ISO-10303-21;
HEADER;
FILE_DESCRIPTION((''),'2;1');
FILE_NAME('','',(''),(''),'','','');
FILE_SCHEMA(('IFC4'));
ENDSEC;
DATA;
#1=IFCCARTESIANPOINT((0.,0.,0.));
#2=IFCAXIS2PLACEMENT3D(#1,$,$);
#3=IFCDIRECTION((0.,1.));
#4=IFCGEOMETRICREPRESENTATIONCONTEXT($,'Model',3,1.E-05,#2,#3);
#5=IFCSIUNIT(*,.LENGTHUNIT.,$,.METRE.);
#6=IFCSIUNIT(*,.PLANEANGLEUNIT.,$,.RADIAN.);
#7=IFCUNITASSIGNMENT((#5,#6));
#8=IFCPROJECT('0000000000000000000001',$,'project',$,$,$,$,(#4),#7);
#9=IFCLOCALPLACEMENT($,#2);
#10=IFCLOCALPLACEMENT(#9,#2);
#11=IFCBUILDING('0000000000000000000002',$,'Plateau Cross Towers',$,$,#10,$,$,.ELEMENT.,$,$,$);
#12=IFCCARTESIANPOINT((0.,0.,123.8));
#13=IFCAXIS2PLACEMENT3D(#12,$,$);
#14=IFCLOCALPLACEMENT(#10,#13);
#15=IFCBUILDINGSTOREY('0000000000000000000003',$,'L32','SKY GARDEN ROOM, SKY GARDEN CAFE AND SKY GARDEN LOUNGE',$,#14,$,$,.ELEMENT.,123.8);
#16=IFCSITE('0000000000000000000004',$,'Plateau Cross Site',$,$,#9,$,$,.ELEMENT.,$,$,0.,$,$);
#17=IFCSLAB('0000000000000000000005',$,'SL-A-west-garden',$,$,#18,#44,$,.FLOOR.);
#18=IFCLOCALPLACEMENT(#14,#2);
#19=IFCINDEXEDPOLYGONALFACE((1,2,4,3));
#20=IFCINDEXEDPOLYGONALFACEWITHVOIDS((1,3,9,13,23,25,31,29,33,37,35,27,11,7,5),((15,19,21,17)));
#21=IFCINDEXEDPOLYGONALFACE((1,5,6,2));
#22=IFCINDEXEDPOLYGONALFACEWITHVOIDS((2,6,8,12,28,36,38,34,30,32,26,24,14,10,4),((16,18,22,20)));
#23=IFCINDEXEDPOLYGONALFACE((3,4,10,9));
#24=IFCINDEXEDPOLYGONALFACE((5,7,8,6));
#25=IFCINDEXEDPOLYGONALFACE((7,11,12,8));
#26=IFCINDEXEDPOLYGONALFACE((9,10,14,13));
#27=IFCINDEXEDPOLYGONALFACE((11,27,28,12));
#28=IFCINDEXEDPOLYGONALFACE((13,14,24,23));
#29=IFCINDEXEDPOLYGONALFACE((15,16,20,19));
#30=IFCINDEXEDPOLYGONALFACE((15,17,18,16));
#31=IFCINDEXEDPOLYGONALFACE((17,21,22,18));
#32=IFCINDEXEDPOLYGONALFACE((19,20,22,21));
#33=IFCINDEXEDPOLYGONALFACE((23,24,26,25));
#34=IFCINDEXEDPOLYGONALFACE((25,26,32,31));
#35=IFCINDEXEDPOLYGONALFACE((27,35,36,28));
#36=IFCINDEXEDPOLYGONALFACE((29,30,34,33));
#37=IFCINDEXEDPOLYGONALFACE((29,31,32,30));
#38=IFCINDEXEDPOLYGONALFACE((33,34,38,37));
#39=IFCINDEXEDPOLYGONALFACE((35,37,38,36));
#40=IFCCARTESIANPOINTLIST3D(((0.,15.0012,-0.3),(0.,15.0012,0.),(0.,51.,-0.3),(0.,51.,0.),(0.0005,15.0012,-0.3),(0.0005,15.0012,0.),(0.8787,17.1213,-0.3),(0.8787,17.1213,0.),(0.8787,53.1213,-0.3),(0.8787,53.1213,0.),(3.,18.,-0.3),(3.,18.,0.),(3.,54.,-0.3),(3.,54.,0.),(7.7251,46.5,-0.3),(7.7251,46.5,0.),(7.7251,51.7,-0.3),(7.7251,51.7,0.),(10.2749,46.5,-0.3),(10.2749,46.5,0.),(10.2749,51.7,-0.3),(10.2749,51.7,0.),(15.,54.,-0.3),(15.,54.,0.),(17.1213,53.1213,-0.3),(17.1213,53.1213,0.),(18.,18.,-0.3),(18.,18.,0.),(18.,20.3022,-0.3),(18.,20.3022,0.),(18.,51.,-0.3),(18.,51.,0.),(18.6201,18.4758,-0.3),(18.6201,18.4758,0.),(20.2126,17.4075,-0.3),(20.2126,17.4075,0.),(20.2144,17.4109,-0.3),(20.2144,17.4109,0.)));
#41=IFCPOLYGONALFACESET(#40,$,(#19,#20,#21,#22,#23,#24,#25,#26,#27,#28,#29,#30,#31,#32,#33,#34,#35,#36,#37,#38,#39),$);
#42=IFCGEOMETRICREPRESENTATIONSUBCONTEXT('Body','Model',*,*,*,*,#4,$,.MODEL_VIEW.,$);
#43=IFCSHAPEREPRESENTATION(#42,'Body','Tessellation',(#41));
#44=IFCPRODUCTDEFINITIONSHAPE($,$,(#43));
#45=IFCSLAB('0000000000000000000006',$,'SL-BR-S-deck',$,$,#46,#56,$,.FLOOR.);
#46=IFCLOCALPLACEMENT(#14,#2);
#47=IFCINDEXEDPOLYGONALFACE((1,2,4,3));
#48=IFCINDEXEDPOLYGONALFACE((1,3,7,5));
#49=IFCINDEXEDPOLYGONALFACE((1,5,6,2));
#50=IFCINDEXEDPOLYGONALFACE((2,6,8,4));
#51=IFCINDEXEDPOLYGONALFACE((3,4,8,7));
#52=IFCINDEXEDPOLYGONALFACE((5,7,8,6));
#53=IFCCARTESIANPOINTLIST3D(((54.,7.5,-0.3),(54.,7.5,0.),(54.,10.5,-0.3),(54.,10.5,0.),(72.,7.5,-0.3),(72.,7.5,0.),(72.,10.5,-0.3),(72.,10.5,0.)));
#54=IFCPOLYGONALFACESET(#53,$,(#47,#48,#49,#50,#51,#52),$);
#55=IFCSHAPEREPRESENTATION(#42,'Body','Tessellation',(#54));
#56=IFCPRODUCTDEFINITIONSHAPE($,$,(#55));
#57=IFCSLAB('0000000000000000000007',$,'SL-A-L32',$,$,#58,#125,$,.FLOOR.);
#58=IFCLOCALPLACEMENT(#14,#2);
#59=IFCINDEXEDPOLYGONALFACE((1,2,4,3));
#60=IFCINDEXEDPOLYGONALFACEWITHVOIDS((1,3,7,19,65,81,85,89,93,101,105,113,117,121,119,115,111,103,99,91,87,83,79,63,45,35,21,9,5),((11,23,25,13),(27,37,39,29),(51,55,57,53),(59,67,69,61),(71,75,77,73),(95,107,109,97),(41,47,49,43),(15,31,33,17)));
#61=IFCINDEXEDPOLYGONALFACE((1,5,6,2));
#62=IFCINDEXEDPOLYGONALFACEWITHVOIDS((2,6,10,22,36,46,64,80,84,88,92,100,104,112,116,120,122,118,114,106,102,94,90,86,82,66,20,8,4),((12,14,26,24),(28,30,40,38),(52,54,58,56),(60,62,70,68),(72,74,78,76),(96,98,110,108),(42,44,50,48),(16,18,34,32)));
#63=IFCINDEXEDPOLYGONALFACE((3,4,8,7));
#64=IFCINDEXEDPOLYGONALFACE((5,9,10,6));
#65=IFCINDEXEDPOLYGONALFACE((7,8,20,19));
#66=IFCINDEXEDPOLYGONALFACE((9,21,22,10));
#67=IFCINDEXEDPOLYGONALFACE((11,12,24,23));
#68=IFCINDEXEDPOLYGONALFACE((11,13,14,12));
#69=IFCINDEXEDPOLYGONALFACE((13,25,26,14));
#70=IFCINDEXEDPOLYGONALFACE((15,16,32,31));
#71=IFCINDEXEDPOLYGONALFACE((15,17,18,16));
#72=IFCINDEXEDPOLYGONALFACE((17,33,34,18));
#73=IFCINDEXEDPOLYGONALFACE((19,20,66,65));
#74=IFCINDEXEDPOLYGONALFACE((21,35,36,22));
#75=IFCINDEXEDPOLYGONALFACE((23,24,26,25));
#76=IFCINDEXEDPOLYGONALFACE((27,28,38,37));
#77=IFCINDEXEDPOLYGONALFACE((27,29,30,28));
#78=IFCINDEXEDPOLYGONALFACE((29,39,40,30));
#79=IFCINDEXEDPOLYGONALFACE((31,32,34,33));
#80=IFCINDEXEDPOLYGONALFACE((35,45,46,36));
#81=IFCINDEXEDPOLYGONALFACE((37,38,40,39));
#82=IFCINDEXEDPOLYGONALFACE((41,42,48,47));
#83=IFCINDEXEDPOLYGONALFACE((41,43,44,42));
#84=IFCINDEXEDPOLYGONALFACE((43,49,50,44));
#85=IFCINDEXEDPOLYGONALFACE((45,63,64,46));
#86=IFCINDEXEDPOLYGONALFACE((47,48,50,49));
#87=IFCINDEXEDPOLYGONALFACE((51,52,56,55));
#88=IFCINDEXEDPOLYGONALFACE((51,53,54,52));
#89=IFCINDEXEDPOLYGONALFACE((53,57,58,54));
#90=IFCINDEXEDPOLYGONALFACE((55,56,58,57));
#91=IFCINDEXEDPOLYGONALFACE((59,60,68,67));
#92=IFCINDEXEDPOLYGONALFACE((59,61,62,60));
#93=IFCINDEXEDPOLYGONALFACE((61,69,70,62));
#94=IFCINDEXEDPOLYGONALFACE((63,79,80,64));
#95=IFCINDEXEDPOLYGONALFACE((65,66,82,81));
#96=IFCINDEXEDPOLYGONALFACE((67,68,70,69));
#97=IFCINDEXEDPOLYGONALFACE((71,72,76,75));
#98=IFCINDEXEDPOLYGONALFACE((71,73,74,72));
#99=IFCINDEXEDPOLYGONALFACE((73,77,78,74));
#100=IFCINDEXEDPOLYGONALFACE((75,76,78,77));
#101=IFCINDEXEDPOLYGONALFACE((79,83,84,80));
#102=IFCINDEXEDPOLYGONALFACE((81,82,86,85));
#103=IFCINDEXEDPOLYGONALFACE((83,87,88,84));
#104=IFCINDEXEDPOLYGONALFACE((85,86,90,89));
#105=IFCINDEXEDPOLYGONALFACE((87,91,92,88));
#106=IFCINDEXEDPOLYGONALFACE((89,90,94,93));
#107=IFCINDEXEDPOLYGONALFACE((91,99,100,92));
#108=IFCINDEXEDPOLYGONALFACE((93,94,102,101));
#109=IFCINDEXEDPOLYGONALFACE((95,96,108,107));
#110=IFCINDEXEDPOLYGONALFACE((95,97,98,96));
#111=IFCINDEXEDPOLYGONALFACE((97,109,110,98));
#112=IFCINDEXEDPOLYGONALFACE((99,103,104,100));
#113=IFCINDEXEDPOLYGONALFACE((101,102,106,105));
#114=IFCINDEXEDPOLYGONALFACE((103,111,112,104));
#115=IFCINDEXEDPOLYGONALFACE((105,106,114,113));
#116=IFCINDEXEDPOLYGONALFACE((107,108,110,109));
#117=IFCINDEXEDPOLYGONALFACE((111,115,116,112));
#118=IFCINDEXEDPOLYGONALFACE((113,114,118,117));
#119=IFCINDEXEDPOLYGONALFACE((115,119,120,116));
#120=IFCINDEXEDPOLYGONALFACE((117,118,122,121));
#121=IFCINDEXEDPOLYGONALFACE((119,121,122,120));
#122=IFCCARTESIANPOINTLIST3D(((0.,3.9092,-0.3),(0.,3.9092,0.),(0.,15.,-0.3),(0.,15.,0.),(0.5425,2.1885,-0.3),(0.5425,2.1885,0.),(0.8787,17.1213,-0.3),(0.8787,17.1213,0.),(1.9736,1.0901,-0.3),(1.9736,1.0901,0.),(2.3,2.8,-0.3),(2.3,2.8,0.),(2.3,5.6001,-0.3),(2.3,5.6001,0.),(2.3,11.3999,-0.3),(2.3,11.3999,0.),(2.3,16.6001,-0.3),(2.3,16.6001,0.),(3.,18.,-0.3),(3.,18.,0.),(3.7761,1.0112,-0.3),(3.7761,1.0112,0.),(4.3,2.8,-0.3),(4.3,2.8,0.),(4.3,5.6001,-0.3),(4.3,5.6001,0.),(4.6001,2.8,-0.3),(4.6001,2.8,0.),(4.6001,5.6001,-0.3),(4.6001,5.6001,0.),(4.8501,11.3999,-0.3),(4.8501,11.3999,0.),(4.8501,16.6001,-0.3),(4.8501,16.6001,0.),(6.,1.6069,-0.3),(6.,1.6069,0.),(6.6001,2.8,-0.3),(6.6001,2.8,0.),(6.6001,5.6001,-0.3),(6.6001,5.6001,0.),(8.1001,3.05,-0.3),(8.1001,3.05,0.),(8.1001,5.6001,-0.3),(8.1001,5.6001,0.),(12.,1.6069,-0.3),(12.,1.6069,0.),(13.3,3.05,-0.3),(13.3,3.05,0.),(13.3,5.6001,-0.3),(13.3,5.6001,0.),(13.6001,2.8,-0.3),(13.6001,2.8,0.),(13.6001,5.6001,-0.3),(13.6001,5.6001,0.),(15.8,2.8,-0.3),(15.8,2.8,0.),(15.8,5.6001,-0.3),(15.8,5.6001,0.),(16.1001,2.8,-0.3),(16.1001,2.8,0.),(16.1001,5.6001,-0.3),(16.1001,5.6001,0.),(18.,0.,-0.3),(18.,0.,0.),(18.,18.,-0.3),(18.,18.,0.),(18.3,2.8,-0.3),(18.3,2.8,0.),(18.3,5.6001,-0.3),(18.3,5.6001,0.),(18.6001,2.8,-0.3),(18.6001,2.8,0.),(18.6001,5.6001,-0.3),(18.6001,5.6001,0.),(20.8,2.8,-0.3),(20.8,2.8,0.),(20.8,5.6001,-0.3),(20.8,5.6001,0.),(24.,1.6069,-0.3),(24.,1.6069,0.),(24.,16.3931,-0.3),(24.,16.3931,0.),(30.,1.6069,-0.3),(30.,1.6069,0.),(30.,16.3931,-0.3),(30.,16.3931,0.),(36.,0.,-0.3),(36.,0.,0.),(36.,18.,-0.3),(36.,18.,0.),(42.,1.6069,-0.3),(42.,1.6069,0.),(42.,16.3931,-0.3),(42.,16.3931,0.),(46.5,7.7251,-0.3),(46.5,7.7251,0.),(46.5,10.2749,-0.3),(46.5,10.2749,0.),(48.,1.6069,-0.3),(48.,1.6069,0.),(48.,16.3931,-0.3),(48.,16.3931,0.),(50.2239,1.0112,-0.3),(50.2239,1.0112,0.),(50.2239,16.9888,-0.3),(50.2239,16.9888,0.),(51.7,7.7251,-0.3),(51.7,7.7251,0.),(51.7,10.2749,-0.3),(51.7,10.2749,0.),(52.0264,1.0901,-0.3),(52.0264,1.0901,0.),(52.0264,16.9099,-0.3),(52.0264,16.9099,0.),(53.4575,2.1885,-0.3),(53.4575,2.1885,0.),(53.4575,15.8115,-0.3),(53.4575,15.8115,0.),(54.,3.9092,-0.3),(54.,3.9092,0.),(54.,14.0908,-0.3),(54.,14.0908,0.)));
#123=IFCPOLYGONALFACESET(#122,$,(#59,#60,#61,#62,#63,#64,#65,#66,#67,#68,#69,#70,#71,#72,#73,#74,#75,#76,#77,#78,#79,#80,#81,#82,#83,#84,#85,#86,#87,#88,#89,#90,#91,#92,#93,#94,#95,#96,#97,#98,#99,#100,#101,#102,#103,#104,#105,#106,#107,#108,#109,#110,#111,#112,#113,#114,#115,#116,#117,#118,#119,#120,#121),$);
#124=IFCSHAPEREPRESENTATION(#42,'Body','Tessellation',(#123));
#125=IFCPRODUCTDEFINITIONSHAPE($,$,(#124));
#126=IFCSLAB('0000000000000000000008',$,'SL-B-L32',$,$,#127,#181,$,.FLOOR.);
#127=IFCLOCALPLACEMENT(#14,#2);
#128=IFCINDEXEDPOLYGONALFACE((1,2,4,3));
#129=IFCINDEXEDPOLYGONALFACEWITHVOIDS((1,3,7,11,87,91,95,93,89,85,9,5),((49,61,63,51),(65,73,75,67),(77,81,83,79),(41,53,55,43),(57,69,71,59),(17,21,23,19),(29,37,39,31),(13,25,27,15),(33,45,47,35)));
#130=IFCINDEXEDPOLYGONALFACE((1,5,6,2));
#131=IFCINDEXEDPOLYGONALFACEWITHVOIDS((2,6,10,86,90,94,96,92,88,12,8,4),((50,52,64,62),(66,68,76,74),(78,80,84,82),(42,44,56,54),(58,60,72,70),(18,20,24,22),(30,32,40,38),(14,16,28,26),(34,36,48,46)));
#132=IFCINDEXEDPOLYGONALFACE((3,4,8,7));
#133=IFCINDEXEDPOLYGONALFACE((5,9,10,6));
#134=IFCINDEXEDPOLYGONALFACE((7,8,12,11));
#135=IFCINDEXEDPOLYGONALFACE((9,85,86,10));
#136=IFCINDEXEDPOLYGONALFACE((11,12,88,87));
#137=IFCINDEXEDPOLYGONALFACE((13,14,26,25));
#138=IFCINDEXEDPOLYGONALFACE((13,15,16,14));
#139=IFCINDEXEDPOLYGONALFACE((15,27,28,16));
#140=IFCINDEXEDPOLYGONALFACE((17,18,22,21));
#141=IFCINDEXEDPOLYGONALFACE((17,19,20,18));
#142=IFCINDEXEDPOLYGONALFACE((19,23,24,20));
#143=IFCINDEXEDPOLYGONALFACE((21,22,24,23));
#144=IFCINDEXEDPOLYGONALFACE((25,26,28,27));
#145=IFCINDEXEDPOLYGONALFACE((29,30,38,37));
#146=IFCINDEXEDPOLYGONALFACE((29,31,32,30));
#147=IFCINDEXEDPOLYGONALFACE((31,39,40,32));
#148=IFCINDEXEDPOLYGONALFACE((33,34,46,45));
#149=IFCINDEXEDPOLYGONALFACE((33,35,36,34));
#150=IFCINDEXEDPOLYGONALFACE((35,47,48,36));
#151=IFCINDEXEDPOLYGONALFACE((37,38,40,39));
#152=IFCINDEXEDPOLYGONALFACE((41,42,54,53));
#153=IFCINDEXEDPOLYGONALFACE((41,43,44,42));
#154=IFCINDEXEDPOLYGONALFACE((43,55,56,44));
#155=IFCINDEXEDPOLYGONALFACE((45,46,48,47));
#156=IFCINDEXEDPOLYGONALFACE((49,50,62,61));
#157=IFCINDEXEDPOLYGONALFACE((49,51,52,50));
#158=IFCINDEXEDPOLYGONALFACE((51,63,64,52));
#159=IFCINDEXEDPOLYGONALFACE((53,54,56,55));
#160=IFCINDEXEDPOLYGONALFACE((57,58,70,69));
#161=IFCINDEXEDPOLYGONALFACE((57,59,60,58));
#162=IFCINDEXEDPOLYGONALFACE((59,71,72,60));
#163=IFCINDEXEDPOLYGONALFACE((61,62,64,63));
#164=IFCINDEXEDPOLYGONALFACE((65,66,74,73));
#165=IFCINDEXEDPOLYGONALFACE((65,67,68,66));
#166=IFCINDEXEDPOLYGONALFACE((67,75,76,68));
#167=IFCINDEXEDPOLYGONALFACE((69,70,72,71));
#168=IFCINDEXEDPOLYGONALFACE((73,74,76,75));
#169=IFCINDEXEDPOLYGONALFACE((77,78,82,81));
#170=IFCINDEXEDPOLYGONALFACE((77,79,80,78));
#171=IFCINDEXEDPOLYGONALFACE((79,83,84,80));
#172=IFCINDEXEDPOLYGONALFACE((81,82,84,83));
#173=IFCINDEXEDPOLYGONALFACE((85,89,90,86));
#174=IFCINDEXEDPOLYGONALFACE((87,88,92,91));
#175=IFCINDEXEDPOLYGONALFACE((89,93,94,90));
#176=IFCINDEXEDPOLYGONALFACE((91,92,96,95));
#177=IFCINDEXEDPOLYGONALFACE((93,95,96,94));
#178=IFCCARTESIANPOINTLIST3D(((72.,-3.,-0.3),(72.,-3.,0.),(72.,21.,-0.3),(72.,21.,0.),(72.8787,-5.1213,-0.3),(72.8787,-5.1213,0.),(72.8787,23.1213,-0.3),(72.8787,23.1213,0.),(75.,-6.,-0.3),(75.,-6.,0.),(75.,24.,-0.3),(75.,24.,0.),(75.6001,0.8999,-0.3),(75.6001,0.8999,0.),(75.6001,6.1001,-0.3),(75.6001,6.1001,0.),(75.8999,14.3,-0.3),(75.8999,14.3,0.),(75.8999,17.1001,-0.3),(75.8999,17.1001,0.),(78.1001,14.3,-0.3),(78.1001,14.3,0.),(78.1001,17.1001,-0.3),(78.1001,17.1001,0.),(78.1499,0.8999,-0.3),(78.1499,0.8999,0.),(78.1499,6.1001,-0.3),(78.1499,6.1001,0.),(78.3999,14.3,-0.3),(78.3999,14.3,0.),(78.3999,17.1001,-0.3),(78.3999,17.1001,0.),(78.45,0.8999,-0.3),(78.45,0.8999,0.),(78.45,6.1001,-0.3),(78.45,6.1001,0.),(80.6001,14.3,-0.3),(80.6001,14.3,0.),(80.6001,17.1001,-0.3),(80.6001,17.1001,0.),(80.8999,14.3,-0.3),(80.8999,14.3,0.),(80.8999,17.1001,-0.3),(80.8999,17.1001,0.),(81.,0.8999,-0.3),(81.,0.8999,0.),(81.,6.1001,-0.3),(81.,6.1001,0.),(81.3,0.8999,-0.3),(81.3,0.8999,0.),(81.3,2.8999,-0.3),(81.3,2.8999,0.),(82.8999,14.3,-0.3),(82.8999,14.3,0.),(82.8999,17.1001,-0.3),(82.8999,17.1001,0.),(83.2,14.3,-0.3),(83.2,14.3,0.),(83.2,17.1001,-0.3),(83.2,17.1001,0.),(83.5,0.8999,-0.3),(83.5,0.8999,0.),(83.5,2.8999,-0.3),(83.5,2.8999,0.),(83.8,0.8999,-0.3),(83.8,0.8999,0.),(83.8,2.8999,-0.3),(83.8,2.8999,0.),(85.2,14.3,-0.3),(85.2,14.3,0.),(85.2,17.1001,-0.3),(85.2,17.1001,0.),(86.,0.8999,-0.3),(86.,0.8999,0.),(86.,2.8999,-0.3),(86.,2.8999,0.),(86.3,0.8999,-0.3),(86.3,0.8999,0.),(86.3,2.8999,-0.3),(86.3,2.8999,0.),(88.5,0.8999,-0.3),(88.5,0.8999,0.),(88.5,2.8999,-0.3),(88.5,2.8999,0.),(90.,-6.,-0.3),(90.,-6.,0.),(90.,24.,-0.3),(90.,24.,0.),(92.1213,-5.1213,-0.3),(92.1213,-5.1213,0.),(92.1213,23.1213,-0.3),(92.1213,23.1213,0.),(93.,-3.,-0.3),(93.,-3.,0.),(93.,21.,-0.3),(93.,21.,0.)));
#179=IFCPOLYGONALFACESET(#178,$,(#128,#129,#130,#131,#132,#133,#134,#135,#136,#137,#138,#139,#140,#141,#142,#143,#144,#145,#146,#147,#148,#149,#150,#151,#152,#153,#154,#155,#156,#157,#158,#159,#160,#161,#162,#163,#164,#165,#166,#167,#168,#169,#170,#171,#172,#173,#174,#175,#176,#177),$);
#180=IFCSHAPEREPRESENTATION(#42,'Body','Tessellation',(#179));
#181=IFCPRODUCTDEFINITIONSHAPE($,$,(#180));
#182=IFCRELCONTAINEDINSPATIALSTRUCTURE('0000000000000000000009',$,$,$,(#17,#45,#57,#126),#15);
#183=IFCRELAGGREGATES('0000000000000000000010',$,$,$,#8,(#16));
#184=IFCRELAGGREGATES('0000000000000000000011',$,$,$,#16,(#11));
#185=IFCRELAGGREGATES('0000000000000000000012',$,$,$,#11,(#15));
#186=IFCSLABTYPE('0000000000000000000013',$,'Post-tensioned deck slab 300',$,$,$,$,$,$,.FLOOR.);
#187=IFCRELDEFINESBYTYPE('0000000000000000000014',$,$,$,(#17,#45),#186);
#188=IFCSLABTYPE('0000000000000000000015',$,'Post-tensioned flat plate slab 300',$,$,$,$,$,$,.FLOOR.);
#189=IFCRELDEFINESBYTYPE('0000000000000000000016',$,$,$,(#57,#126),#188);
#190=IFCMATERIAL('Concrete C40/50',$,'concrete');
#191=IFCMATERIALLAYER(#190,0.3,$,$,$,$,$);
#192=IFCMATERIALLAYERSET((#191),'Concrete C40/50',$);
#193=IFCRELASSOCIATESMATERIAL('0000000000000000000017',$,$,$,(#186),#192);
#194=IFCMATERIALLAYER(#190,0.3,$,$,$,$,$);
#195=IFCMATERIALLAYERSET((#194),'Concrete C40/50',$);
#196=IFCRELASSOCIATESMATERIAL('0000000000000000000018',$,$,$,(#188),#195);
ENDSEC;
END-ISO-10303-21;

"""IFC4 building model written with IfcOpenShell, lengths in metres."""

from ifc_helpers import new_model, si_unit, direction, frame, origin, place, context, subcontext, project, spatial, polyline, outline, extrude, material, layer, layer_set, type_object, element, save


model = new_model("IFC4")

# Units and contexts
model_context = context("Model", 3, precision=1e-05, world=origin(), true_north=direction((0.0, 1.0)))
body_context = subcontext(model_context, "Body", "Model", "MODEL_VIEW")
ifc_project = project(units=[si_unit("LENGTHUNIT", "METRE"), si_unit("PLANEANGLEUNIT", "RADIAN")], contexts=[model_context])

# Site, building, storey
site_placement = place(None, origin())
site = spatial("IfcSite", under=ifc_project, at=site_placement, Name="Plateau Cross Site", CompositionType="ELEMENT", RefElevation=0.0)
building_placement = place(site_placement, origin())
building = spatial("IfcBuilding", under=site, at=building_placement, Name="Plateau Cross Towers", CompositionType="ELEMENT")
storey_placement = place(building_placement, frame((0.0, 0.0, 123.8)))
storey = spatial("IfcBuildingStorey", under=building, at=storey_placement, Name="L32", Description="SKY GARDEN ROOM, SKY GARDEN CAFE AND SKY GARDEN LOUNGE", CompositionType="ELEMENT", Elevation=123.8)

# Slabs
ifc_material_1 = material(Name="Concrete C40/50", Category="concrete")
ifc_layer_1 = layer(ifc_material_1, 0.3)
ifc_layer_set_1 = layer_set([ifc_layer_1], Name="Concrete C40/50")
slab_type_1 = type_object("IfcSlabType", Name="Post-tensioned deck slab 300", PredefinedType="FLOOR", material=ifc_layer_set_1)
slab_1_placement = place(storey_placement, frame((0.0, 0.0, -0.3)))
element("IfcSlab", 1, at=slab_1_placement, inside=storey, type_object=slab_type_1, Name="SL-A-west-garden", PredefinedType="FLOOR", context=body_context, shape_type="SweptSolid", body=[
    extrude(outline(polyline([(15.0, 54.0), (17.1213, 53.1213), (18.0, 51.0), (18.0, 20.3022), (18.6201, 18.4758), (20.2144, 17.4109), (20.2126, 17.4075), (18.0, 18.0), (3.0, 18.0), (0.8787, 17.1213), (0.0005, 15.0012), (0.0, 15.0012), (0.0, 51.0), (0.8787, 53.1213), (3.0, 54.0), (15.0, 54.0)]), holes=[polyline([(10.2749, 46.5), (10.2749, 51.7), (7.7251, 51.7), (7.7251, 46.5), (10.2749, 46.5)])]), origin(), (0.0, 0.0, 1.0), 0.3),
])
slab_2_placement = place(storey_placement, frame((0.0, 0.0, -0.3)))
element("IfcSlab", 2, at=slab_2_placement, inside=storey, type_object=slab_type_1, Name="SL-BR-S-deck", PredefinedType="FLOOR", context=body_context, shape_type="SweptSolid", body=[
    extrude(outline(polyline([(54.0, 7.5), (54.0, 10.5), (72.0, 10.5), (72.0, 7.5), (54.0, 7.5)])), origin(), (0.0, 0.0, 1.0), 0.3),
])
ifc_layer_2 = layer(ifc_material_1, 0.3)
ifc_layer_set_2 = layer_set([ifc_layer_2], Name="Concrete C40/50")
slab_type_2 = type_object("IfcSlabType", Name="Post-tensioned flat plate slab 300", PredefinedType="FLOOR", material=ifc_layer_set_2)
slab_3_placement = place(storey_placement, frame((0.0, 0.0, -0.3)))
element("IfcSlab", 3, at=slab_3_placement, inside=storey, type_object=slab_type_2, Name="SL-A-L32", PredefinedType="FLOOR", context=body_context, shape_type="SweptSolid", body=[
    extrude(outline(polyline([(1.9736, 1.0901), (0.5425, 2.1885), (0.0, 3.9092), (0.0, 15.0), (0.8787, 17.1213), (3.0, 18.0), (18.0, 18.0), (24.0, 16.3931), (30.0, 16.3931), (36.0, 18.0), (42.0, 16.3931), (48.0, 16.3931), (50.2239, 16.9888), (52.0264, 16.9099), (53.4575, 15.8115), (54.0, 14.0908), (54.0, 3.9092), (53.4575, 2.1885), (52.0264, 1.0901), (50.2239, 1.0112), (48.0, 1.6069), (42.0, 1.6069), (36.0, 0.0), (30.0, 1.6069), (24.0, 1.6069), (18.0, 0.0), (12.0, 1.6069), (6.0, 1.6069), (3.7761, 1.0112), (1.9736, 1.0901)]), holes=[polyline([(4.3, 2.8), (4.3, 5.6001), (2.3, 5.6001), (2.3, 2.8), (4.3, 2.8)]), polyline([(6.6001, 2.8), (6.6001, 5.6001), (4.6001, 5.6001), (4.6001, 2.8), (6.6001, 2.8)]), polyline([(15.8, 2.8), (15.8, 5.6001), (13.6001, 5.6001), (13.6001, 2.8), (15.8, 2.8)]), polyline([(18.3, 2.8), (18.3, 5.6001), (16.1001, 5.6001), (16.1001, 2.8), (18.3, 2.8)]), polyline([(20.8, 2.8), (20.8, 5.6001), (18.6001, 5.6001), (18.6001, 2.8), (20.8, 2.8)]), polyline([(13.3, 3.05), (13.3, 5.6001), (8.1001, 5.6001), (8.1001, 3.05), (13.3, 3.05)]), polyline([(51.7, 7.7251), (51.7, 10.2749), (46.5, 10.2749), (46.5, 7.7251), (51.7, 7.7251)]), polyline([(4.8501, 11.3999), (4.8501, 16.6001), (2.3, 16.6001), (2.3, 11.3999), (4.8501, 11.3999)])]), origin(), (0.0, 0.0, 1.0), 0.3),
])
slab_4_placement = place(storey_placement, frame((0.0, 0.0, -0.3)))
element("IfcSlab", 4, at=slab_4_placement, inside=storey, type_object=slab_type_2, Name="SL-B-L32", PredefinedType="FLOOR", context=body_context, shape_type="SweptSolid", body=[
    extrude(outline(polyline([(72.8787, -5.1213), (72.0, -3.0), (72.0, 21.0), (72.8787, 23.1213), (75.0, 24.0), (90.0, 24.0), (92.1213, 23.1213), (93.0, 21.0), (93.0, -3.0), (92.1213, -5.1213), (90.0, -6.0), (75.0, -6.0), (72.8787, -5.1213)]), holes=[polyline([(75.6001, 0.8999), (78.1499, 0.8999), (78.1499, 6.1001), (75.6001, 6.1001), (75.6001, 0.8999)]), polyline([(83.5, 0.8999), (83.5, 2.8999), (81.3, 2.8999), (81.3, 0.8999), (83.5, 0.8999)]), polyline([(86.0, 0.8999), (86.0, 2.8999), (83.8, 2.8999), (83.8, 0.8999), (86.0, 0.8999)]), polyline([(88.5, 0.8999), (88.5, 2.8999), (86.3, 2.8999), (86.3, 0.8999), (88.5, 0.8999)]), polyline([(78.45, 0.8999), (81.0, 0.8999), (81.0, 6.1001), (78.45, 6.1001), (78.45, 0.8999)]), polyline([(78.1001, 14.3), (78.1001, 17.1001), (75.8999, 17.1001), (75.8999, 14.3), (78.1001, 14.3)]), polyline([(80.6001, 14.3), (80.6001, 17.1001), (78.3999, 17.1001), (78.3999, 14.3), (80.6001, 14.3)]), polyline([(82.8999, 14.3), (82.8999, 17.1001), (80.8999, 17.1001), (80.8999, 14.3), (82.8999, 14.3)]), polyline([(85.2, 14.3), (85.2, 17.1001), (83.2, 17.1001), (83.2, 14.3), (85.2, 14.3)])]), origin(), (0.0, 0.0, 1.0), 0.3),
])

save(model, "model.ifc")
